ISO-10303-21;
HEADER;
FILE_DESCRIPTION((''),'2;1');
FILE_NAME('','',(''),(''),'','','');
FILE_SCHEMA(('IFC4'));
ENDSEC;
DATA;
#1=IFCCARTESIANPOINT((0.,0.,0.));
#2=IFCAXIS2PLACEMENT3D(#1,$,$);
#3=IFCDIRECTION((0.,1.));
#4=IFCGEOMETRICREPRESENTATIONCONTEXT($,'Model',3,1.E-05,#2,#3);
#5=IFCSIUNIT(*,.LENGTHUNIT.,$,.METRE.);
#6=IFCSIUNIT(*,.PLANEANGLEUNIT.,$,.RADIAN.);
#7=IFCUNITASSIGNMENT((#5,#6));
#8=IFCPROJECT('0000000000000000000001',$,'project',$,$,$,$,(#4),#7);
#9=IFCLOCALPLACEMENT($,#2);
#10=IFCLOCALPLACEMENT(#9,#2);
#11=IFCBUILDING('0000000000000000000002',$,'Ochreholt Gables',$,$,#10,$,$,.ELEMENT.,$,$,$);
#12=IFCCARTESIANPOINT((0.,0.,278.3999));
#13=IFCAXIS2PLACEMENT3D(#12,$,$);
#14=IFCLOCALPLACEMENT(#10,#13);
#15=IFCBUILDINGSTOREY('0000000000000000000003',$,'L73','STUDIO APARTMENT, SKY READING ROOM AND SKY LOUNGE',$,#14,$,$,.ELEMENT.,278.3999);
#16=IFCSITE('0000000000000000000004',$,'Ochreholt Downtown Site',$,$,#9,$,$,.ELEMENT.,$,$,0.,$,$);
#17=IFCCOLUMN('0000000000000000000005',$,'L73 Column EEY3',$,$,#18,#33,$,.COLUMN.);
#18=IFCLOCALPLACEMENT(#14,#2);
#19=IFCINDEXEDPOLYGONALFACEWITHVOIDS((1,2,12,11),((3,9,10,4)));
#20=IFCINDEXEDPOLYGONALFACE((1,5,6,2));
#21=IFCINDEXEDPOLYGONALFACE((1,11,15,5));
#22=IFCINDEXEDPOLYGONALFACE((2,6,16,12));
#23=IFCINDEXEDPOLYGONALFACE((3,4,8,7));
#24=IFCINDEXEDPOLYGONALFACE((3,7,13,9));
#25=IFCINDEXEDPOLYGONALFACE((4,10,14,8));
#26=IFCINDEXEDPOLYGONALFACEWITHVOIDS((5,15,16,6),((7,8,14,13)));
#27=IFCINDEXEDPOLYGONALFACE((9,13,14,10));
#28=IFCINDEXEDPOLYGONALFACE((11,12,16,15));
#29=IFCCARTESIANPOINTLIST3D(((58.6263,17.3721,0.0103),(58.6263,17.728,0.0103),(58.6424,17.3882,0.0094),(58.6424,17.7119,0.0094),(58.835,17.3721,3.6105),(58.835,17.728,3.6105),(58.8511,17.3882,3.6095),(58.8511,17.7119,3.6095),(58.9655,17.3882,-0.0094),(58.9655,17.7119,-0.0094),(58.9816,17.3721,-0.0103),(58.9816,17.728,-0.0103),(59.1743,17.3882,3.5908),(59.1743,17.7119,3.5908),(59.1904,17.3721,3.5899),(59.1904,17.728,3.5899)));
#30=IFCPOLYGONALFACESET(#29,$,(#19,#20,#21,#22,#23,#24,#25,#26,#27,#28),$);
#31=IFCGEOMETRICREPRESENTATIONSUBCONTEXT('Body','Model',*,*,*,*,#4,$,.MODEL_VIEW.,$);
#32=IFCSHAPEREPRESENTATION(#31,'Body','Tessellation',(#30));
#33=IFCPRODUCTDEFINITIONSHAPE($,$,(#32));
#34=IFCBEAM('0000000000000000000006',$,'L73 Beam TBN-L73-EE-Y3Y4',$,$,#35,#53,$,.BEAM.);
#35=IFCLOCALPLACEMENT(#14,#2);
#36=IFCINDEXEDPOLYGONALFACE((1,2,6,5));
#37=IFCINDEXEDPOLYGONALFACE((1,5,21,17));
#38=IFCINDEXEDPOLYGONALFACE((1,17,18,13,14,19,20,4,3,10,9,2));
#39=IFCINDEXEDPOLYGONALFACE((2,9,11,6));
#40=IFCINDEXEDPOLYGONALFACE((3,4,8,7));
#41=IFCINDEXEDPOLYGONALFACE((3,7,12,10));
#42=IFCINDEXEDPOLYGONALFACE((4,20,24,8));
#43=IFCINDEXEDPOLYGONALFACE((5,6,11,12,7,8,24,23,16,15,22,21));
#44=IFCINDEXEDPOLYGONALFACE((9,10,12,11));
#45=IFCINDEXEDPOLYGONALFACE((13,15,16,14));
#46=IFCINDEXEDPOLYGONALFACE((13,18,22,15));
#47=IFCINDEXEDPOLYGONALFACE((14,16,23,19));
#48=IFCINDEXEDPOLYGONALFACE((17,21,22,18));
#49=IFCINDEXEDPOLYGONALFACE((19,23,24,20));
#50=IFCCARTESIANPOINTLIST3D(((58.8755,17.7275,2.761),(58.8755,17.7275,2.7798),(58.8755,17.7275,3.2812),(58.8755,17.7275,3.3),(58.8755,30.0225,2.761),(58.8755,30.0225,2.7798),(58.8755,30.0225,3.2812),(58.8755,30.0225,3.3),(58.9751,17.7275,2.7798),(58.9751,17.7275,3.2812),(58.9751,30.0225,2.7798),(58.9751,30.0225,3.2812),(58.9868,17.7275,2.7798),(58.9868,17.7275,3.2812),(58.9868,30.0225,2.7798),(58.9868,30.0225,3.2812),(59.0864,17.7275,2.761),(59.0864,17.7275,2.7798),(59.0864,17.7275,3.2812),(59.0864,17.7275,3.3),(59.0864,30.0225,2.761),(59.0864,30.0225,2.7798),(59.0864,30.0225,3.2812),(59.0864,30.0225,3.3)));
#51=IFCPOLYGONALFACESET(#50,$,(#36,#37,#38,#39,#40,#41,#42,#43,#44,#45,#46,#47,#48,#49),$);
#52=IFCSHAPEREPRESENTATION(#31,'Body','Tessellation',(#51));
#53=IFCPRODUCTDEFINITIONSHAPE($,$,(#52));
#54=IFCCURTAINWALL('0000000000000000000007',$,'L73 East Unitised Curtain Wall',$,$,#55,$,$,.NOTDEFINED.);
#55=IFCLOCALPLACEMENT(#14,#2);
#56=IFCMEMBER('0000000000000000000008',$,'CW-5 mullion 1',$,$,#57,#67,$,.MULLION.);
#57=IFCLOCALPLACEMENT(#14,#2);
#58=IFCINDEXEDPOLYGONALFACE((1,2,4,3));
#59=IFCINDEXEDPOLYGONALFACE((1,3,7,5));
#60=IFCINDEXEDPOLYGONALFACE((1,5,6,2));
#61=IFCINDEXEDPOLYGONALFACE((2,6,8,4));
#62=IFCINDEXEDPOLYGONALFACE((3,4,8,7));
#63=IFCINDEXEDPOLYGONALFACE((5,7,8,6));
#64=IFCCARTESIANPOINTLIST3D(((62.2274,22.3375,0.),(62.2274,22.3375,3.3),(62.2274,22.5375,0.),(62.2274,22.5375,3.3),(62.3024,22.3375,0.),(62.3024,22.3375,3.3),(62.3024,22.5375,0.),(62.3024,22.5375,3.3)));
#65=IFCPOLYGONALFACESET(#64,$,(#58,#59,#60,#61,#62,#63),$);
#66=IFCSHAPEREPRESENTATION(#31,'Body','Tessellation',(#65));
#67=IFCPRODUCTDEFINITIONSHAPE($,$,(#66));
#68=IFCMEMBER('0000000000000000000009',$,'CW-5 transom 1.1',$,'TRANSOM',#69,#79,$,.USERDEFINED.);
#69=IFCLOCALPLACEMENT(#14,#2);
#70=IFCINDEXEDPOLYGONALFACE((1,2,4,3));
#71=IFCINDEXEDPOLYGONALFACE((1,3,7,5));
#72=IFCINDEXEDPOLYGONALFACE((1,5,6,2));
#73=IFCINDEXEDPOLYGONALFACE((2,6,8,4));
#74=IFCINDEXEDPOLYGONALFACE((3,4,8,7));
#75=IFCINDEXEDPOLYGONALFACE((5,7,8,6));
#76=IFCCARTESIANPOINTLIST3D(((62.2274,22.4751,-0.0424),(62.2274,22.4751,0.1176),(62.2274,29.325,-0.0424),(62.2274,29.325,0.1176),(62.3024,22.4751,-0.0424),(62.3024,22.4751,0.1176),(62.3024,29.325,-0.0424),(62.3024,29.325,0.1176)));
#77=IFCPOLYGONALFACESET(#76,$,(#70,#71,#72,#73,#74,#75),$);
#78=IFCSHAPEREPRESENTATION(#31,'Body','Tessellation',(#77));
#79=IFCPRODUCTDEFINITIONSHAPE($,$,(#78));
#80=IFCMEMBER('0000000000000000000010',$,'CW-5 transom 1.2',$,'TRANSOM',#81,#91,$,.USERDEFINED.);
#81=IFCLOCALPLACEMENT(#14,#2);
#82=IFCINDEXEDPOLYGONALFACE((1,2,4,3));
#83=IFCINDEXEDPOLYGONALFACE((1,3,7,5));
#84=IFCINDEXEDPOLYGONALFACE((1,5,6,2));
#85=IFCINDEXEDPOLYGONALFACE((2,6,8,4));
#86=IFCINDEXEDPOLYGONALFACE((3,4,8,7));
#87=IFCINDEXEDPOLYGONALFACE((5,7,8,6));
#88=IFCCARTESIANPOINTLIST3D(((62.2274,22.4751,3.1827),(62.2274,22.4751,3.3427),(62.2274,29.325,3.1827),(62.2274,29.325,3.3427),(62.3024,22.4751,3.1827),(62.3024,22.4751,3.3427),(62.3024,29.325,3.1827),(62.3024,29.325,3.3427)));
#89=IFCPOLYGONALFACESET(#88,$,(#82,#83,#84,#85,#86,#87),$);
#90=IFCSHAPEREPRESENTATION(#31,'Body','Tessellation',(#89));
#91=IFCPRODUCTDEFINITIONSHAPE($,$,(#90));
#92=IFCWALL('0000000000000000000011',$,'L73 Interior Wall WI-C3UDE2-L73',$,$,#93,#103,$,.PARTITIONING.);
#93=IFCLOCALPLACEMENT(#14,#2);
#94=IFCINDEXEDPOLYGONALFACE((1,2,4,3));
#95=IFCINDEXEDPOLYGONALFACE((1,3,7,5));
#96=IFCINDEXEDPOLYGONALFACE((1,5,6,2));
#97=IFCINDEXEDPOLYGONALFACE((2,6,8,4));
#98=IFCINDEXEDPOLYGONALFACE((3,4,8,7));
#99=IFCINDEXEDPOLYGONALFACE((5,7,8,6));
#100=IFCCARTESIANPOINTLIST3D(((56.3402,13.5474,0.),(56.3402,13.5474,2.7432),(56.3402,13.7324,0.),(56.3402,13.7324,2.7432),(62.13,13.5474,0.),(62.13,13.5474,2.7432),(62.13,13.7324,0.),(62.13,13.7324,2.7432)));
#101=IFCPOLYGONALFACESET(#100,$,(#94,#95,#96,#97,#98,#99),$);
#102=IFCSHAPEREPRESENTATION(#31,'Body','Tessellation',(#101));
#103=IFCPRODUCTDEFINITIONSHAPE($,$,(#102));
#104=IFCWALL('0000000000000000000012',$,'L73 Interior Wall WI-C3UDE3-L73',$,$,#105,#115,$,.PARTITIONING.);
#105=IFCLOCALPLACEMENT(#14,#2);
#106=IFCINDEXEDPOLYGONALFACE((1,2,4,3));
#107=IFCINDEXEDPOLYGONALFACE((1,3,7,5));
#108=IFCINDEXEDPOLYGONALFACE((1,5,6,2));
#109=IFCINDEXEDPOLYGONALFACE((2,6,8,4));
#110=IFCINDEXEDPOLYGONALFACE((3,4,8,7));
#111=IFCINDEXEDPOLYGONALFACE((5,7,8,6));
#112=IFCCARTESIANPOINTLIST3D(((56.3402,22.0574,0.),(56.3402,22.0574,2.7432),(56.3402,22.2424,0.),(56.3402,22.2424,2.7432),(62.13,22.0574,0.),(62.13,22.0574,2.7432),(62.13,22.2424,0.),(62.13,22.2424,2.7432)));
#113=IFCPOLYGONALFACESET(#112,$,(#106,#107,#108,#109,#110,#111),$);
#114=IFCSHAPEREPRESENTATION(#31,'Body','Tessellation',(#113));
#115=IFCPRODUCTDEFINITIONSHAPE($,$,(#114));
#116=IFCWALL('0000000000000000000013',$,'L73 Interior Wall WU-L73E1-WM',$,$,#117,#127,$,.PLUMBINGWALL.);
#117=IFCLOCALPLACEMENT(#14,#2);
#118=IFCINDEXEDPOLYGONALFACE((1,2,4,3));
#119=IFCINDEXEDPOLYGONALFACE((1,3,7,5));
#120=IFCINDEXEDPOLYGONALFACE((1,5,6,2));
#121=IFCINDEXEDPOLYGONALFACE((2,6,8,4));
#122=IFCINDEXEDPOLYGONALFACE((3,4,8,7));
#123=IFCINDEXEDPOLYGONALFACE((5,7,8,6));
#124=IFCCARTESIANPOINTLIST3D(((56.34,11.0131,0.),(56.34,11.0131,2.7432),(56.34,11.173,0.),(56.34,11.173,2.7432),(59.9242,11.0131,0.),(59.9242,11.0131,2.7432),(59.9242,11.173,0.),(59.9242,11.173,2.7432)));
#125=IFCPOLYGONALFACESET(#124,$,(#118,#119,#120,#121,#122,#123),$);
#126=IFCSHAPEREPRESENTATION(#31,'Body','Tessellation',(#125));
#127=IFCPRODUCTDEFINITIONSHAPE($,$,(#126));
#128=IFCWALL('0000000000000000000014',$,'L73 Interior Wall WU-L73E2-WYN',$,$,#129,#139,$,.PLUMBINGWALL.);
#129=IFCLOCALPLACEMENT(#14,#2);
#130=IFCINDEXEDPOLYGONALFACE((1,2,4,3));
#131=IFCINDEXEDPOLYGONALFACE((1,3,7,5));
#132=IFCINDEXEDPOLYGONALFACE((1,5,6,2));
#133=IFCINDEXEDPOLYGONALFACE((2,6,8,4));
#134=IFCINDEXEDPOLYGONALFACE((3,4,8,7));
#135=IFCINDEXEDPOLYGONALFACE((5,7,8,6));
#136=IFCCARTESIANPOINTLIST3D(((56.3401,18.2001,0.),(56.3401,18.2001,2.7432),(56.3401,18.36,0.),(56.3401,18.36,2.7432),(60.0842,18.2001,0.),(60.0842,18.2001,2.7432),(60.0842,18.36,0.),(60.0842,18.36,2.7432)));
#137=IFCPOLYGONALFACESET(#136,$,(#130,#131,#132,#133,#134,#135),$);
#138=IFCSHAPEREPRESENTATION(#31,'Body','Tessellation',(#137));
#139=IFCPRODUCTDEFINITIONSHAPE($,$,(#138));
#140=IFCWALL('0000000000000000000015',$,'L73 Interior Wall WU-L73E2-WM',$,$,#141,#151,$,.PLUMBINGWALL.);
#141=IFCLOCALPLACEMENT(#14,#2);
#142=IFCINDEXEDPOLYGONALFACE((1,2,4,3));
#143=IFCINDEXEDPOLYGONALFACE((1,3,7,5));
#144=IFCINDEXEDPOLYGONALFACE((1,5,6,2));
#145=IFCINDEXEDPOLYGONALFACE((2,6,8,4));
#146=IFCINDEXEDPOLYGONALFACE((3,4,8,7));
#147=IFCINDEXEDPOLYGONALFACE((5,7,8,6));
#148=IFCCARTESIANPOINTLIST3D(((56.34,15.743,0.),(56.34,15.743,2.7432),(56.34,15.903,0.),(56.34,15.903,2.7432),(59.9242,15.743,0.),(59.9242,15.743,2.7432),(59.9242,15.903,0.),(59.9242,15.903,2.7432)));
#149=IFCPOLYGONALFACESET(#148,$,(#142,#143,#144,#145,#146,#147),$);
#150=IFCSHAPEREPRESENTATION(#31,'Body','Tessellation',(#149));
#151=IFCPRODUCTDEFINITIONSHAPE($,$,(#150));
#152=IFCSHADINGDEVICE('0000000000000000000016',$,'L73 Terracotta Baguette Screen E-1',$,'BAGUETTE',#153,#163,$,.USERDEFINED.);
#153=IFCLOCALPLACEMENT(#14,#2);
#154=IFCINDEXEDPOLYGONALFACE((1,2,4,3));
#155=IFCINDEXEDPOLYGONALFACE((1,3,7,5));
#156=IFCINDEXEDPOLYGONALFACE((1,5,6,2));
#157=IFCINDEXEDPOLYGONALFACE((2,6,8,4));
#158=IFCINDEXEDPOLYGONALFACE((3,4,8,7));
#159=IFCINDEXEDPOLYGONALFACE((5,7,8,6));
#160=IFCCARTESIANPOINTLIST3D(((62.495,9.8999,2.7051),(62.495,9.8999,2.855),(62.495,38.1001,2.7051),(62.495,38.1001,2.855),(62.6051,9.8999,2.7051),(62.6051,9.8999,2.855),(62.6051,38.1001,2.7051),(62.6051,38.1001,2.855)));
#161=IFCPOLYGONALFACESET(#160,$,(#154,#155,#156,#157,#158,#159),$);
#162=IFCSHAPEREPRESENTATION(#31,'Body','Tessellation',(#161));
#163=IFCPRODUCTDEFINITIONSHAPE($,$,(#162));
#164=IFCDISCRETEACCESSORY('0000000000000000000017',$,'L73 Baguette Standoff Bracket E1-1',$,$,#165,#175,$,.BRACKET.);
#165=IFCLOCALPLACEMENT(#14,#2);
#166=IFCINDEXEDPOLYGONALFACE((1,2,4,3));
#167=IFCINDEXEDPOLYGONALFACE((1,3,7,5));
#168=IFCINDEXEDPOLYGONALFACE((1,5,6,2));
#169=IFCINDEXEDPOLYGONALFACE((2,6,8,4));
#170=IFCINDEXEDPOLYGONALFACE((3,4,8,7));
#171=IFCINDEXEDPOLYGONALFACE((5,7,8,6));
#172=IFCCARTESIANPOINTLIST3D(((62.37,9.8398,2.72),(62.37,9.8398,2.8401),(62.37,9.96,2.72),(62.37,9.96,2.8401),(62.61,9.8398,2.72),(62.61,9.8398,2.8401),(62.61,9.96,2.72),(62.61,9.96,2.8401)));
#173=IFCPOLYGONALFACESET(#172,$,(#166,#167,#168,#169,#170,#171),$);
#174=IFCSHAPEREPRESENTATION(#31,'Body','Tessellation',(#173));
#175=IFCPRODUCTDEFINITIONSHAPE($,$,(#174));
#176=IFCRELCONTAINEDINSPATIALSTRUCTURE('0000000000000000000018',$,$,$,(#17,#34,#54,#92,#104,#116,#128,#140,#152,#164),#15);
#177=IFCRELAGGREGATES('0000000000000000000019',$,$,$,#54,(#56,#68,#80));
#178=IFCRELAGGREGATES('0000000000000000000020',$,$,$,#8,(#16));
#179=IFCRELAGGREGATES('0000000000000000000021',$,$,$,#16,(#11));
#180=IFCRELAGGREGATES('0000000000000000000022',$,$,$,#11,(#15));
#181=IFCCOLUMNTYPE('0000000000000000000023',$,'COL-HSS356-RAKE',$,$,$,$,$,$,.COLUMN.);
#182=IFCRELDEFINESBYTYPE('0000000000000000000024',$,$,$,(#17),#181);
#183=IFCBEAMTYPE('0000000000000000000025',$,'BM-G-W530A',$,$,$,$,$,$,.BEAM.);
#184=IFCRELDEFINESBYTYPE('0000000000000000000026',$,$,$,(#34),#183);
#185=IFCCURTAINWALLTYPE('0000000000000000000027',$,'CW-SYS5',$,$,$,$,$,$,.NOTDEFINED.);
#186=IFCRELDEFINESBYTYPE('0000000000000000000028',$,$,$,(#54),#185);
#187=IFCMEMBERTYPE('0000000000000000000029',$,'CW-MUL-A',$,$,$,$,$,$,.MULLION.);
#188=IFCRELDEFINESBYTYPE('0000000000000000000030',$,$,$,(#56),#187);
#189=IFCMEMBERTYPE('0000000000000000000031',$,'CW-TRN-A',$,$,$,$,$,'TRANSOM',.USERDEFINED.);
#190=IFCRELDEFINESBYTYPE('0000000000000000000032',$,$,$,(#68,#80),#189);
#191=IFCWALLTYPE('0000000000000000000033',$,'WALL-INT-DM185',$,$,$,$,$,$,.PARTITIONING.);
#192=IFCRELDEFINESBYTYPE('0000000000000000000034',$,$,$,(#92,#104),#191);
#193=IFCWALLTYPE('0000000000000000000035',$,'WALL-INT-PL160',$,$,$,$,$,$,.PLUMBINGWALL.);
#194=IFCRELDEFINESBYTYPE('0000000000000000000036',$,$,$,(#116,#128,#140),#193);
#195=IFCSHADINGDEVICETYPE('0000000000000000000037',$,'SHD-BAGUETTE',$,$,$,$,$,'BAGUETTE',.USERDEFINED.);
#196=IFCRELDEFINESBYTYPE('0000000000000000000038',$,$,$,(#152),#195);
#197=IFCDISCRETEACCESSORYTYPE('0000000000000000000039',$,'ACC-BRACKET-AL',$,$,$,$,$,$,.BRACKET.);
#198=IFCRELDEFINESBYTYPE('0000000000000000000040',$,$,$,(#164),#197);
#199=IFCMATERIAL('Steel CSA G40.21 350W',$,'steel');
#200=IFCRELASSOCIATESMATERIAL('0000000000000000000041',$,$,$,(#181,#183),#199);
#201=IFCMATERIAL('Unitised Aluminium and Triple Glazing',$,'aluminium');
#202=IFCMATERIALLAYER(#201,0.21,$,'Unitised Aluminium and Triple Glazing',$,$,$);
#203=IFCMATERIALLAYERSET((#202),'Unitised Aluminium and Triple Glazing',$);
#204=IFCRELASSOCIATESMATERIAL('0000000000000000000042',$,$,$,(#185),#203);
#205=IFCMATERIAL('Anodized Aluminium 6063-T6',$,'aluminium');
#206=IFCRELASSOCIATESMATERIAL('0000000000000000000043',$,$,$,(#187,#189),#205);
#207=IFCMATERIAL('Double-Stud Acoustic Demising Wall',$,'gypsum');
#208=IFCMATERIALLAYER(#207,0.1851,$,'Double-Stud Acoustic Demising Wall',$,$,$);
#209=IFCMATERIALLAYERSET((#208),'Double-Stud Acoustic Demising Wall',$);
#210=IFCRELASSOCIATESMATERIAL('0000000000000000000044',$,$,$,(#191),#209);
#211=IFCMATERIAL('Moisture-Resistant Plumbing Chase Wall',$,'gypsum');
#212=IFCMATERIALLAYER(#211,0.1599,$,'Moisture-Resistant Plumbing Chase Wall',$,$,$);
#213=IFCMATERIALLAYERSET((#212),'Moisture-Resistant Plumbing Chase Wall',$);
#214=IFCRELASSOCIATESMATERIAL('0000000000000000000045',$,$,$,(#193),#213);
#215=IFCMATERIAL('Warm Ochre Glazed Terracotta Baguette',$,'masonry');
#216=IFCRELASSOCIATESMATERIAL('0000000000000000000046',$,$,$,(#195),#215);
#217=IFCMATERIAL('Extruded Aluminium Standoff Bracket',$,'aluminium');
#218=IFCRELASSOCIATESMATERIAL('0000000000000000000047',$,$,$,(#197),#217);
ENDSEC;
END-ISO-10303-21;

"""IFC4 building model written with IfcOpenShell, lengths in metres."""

from ifc_helpers import new_model, si_unit, direction, frame, frame_2d, origin, origin_2d, place, context, subcontext, project, spatial, rectangle, hollow_rectangle, i_section, extrude, material, layer, layer_set, material_profile, profile_set, type_object, element, aggregate, save


model = new_model("IFC4")

# Units and contexts
model_context = context("Model", 3, precision=1e-05, world=origin(), true_north=direction((0.0, 1.0)))
body_context = subcontext(model_context, "Body", "Model", "MODEL_VIEW")
ifc_project = project(units=[si_unit("LENGTHUNIT", "METRE"), si_unit("PLANEANGLEUNIT", "RADIAN")], contexts=[model_context])

# Site, building, storey
site_placement = place(None, origin())
site = spatial("IfcSite", under=ifc_project, at=site_placement, Name="Ochreholt Downtown Site", CompositionType="ELEMENT", RefElevation=0.0)
building_placement = place(site_placement, origin())
building = spatial("IfcBuilding", under=site, at=building_placement, Name="Ochreholt Gables", CompositionType="ELEMENT")
storey_placement = place(building_placement, frame((0.0, 0.0, 278.3999)))
storey = spatial("IfcBuildingStorey", under=building, at=storey_placement, Name="L73", Description="STUDIO APARTMENT, SKY READING ROOM AND SKY LOUNGE", CompositionType="ELEMENT", Elevation=278.3999)

# Column
ifc_material_1 = material(Name="Steel CSA G40.21 350W", Category="steel")
ifc_material_profile_1 = material_profile(ifc_material_1, hollow_rectangle(XDim=0.356, YDim=0.356, WallThickness=0.0161, at=origin_2d()), Name="HSS356X356X16")
ifc_profile_set_1 = profile_set([ifc_material_profile_1], Name="Steel CSA G40.21 350W")
column_type = type_object("IfcColumnType", Name="COL-HSS356-RAKE", PredefinedType="COLUMN", material=ifc_profile_set_1)
column_placement = place(storey_placement, frame((58.804, 17.55, 0.0), z_axis=(0.057885, 0.0, 0.998323), x_axis=(0.0, 1.0, 0.0)))
element("IfcColumn", 1, at=column_placement, inside=storey, type_object=column_type, Name="L73 Column EEY3", PredefinedType="COLUMN", context=body_context, shape_type="SweptSolid", body=[
    extrude(hollow_rectangle(XDim=0.356, YDim=0.356, WallThickness=0.0161, at=origin_2d()), origin(), (0.0, 0.0, 1.0), 3.6062),
])

# Beam
ifc_material_profile_2 = material_profile(ifc_material_1, i_section(OverallWidth=0.2109, OverallDepth=0.5391, WebThickness=0.0117, FlangeThickness=0.0188, at=origin_2d()), Name="W530X109")
ifc_profile_set_2 = profile_set([ifc_material_profile_2], Name="Steel CSA G40.21 350W")
beam_type = type_object("IfcBeamType", Name="BM-G-W530A", PredefinedType="BEAM", material=ifc_profile_set_2)
beam_placement = place(storey_placement, frame((58.981, 17.7275, 3.0305), z_axis=(0.0, 1.0, 0.0), x_axis=(-1.0, 0.0, 0.0)))
element("IfcBeam", 2, at=beam_placement, inside=storey, type_object=beam_type, Name="L73 Beam TBN-L73-EE-Y3Y4", PredefinedType="BEAM", context=body_context, shape_type="SweptSolid", body=[
    extrude(i_section(OverallWidth=0.2109, OverallDepth=0.5391, WebThickness=0.0117, FlangeThickness=0.0188, at=origin_2d()), origin(), (0.0, 0.0, 1.0), 12.2949),
])

# Curtain wall, members
ifc_material_2 = material(Name="Unitised Aluminium and Triple Glazing", Category="aluminium")
ifc_layer_1 = layer(ifc_material_2, 0.21, Name="Unitised Aluminium and Triple Glazing")
ifc_layer_set_1 = layer_set([ifc_layer_1], Name="Unitised Aluminium and Triple Glazing")
curtain_wall_type = type_object("IfcCurtainWallType", Name="CW-SYS5", PredefinedType="NOTDEFINED", material=ifc_layer_set_1)
curtain_wall_placement = place(storey_placement, origin())
curtain_wall = element("IfcCurtainWall", 3, at=curtain_wall_placement, inside=storey, type_object=curtain_wall_type, Name="L73 East Unitised Curtain Wall", PredefinedType="NOTDEFINED")
ifc_material_3 = material(Name="Anodized Aluminium 6063-T6", Category="aluminium")
ifc_material_profile_3 = material_profile(ifc_material_3, rectangle(XDim=0.075, YDim=0.2, at=origin_2d()), Name="CWM75X200")
ifc_profile_set_3 = profile_set([ifc_material_profile_3], Name="Anodized Aluminium 6063-T6")
member_type_1 = type_object("IfcMemberType", Name="CW-MUL-A", PredefinedType="MULLION", material=ifc_profile_set_3)
member_1_placement = place(storey_placement, frame((62.2649, 22.4375, 0.0), z_axis=(0.0, 0.0, 1.0), x_axis=(-1.0, 0.0, 0.0)))
member_1 = element("IfcMember", 4, at=member_1_placement, type_object=member_type_1, Name="CW-5 mullion 1", PredefinedType="MULLION", context=body_context, shape_type="SweptSolid", body=[
    extrude(rectangle(XDim=0.075, YDim=0.2, at=origin_2d()), origin(), (0.0, 0.0, 1.0), 3.3),
])
ifc_material_profile_4 = material_profile(ifc_material_3, rectangle(XDim=0.075, YDim=0.1599, at=origin_2d()), Name="CWT75X160")
ifc_profile_set_4 = profile_set([ifc_material_profile_4], Name="Anodized Aluminium 6063-T6")
member_type_2 = type_object("IfcMemberType", Name="CW-TRN-A", ElementType="TRANSOM", PredefinedType="USERDEFINED", material=ifc_profile_set_4)
member_2_placement = place(storey_placement, frame((62.2649, 22.4751, 0.0376), z_axis=(0.0, 1.0, 0.0), x_axis=(-1.0, 0.0, 0.0)))
member_2 = element("IfcMember", 5, at=member_2_placement, type_object=member_type_2, Name="CW-5 transom 1.1", ObjectType="TRANSOM", PredefinedType="USERDEFINED", context=body_context, shape_type="SweptSolid", body=[
    extrude(rectangle(XDim=0.075, YDim=0.1599, at=origin_2d()), origin(), (0.0, 0.0, 1.0), 6.8499),
])
member_3_placement = place(storey_placement, frame((62.2649, 22.4751, 3.2627), z_axis=(0.0, 1.0, 0.0), x_axis=(-1.0, 0.0, 0.0)))
member_3 = element("IfcMember", 6, at=member_3_placement, type_object=member_type_2, Name="CW-5 transom 1.2", ObjectType="TRANSOM", PredefinedType="USERDEFINED", context=body_context, shape_type="SweptSolid", body=[
    extrude(rectangle(XDim=0.075, YDim=0.1599, at=origin_2d()), origin(), (0.0, 0.0, 1.0), 6.8499),
])
aggregate(curtain_wall, [member_1, member_2, member_3])

# Walls
ifc_material_4 = material(Name="Double-Stud Acoustic Demising Wall", Category="gypsum")
ifc_layer_2 = layer(ifc_material_4, 0.1851, Name="Double-Stud Acoustic Demising Wall")
ifc_layer_set_2 = layer_set([ifc_layer_2], Name="Double-Stud Acoustic Demising Wall")
wall_type_1 = type_object("IfcWallType", Name="WALL-INT-DM185", PredefinedType="PARTITIONING", material=ifc_layer_set_2)
for number, where, z_axis, x_axis, name in (
    (7, (56.3401, 13.6399, 0.0), (0.0, 0.0, 1.0), (1.0, 0.0, 0.0), "L73 Interior Wall WI-C3UDE2-L73"),
    (8, (56.3401, 22.1499, 0.0), (0.0, 0.0, 1.0), (1.0, 0.0, 0.0), "L73 Interior Wall WI-C3UDE3-L73"),
):
    element("IfcWall", number, at=place(storey_placement, frame(where, z_axis=z_axis, x_axis=x_axis)), inside=storey, type_object=wall_type_1, Name=name, PredefinedType="PARTITIONING", context=body_context, shape_type="SweptSolid", body=[
        extrude(rectangle(XDim=5.7898, YDim=0.1851, at=frame_2d((2.895, 0.0))), origin(), (0.0, 0.0, 1.0), 2.7432),
    ])
ifc_material_5 = material(Name="Moisture-Resistant Plumbing Chase Wall", Category="gypsum")
ifc_layer_3 = layer(ifc_material_5, 0.1599, Name="Moisture-Resistant Plumbing Chase Wall")
ifc_layer_set_3 = layer_set([ifc_layer_3], Name="Moisture-Resistant Plumbing Chase Wall")
wall_type_2 = type_object("IfcWallType", Name="WALL-INT-PL160", PredefinedType="PLUMBINGWALL", material=ifc_layer_set_3)
wall_1_placement = place(storey_placement, frame((56.3401, 11.093, 0.0), z_axis=(0.0, 0.0, 1.0), x_axis=(1.0, 0.0, 0.0)))
element("IfcWall", 9, at=wall_1_placement, inside=storey, type_object=wall_type_2, Name="L73 Interior Wall WU-L73E1-WM", PredefinedType="PLUMBINGWALL", context=body_context, shape_type="SweptSolid", body=[
    extrude(rectangle(XDim=3.5842, YDim=0.1599, at=frame_2d((1.792, 0.0))), origin(), (0.0, 0.0, 1.0), 2.7432),
])
wall_2_placement = place(storey_placement, frame((56.3401, 18.28, 0.0), z_axis=(0.0, 0.0, 1.0), x_axis=(1.0, 0.0, 0.0)))
element("IfcWall", 10, at=wall_2_placement, inside=storey, type_object=wall_type_2, Name="L73 Interior Wall WU-L73E2-WYN", PredefinedType="PLUMBINGWALL", context=body_context, shape_type="SweptSolid", body=[
    extrude(rectangle(XDim=3.7441, YDim=0.1599, at=frame_2d((1.8721, 0.0))), origin(), (0.0, 0.0, 1.0), 2.7432),
])

# Wall
wall_3_placement = place(storey_placement, frame((56.3401, 15.823, 0.0), z_axis=(0.0, 0.0, 1.0), x_axis=(1.0, 0.0, 0.0)))
element("IfcWall", 11, at=wall_3_placement, inside=storey, type_object=wall_type_2, Name="L73 Interior Wall WU-L73E2-WM", PredefinedType="PLUMBINGWALL", context=body_context, shape_type="SweptSolid", body=[
    extrude(rectangle(XDim=3.5842, YDim=0.1599, at=frame_2d((1.792, 0.0))), origin(), (0.0, 0.0, 1.0), 2.7432),
])

# Shading device
ifc_material_6 = material(Name="Warm Ochre Glazed Terracotta Baguette", Category="masonry")
ifc_material_profile_5 = material_profile(ifc_material_6, rectangle(XDim=0.1101, YDim=0.1499, at=origin_2d()), Name="TCBAG110X150")
ifc_profile_set_5 = profile_set([ifc_material_profile_5], Name="Warm Ochre Glazed Terracotta Baguette")
shading_device_type = type_object("IfcShadingDeviceType", Name="SHD-BAGUETTE", ElementType="BAGUETTE", PredefinedType="USERDEFINED", material=ifc_profile_set_5)
shading_device_placement = place(storey_placement, frame((62.55, 9.8999, 2.78), z_axis=(0.0, 1.0, 0.0), x_axis=(-1.0, 0.0, 0.0)))
element("IfcShadingDevice", 12, at=shading_device_placement, inside=storey, type_object=shading_device_type, Name="L73 Terracotta Baguette Screen E-1", ObjectType="BAGUETTE", PredefinedType="USERDEFINED", context=body_context, shape_type="SweptSolid", body=[
    extrude(rectangle(XDim=0.1101, YDim=0.1499, at=origin_2d()), origin(), (0.0, 0.0, 1.0), 28.2002),
])

# Discrete accessory
ifc_material_7 = material(Name="Extruded Aluminium Standoff Bracket", Category="aluminium")
discrete_accessory_type = type_object("IfcDiscreteAccessoryType", Name="ACC-BRACKET-AL", PredefinedType="BRACKET", material=ifc_material_7)
discrete_accessory_placement = place(storey_placement, frame((62.49, 9.8999, 2.72), z_axis=(0.0, 0.0, 1.0), x_axis=(0.0, 1.0, 0.0)))
element("IfcDiscreteAccessory", 13, at=discrete_accessory_placement, inside=storey, type_object=discrete_accessory_type, Name="L73 Baguette Standoff Bracket E1-1", PredefinedType="BRACKET", context=body_context, shape_type="SweptSolid", body=[
    extrude(rectangle(XDim=0.1201, YDim=0.24, at=origin_2d()), origin(), (0.0, 0.0, 1.0), 0.1201),
])

save(model, "model.ifc")
